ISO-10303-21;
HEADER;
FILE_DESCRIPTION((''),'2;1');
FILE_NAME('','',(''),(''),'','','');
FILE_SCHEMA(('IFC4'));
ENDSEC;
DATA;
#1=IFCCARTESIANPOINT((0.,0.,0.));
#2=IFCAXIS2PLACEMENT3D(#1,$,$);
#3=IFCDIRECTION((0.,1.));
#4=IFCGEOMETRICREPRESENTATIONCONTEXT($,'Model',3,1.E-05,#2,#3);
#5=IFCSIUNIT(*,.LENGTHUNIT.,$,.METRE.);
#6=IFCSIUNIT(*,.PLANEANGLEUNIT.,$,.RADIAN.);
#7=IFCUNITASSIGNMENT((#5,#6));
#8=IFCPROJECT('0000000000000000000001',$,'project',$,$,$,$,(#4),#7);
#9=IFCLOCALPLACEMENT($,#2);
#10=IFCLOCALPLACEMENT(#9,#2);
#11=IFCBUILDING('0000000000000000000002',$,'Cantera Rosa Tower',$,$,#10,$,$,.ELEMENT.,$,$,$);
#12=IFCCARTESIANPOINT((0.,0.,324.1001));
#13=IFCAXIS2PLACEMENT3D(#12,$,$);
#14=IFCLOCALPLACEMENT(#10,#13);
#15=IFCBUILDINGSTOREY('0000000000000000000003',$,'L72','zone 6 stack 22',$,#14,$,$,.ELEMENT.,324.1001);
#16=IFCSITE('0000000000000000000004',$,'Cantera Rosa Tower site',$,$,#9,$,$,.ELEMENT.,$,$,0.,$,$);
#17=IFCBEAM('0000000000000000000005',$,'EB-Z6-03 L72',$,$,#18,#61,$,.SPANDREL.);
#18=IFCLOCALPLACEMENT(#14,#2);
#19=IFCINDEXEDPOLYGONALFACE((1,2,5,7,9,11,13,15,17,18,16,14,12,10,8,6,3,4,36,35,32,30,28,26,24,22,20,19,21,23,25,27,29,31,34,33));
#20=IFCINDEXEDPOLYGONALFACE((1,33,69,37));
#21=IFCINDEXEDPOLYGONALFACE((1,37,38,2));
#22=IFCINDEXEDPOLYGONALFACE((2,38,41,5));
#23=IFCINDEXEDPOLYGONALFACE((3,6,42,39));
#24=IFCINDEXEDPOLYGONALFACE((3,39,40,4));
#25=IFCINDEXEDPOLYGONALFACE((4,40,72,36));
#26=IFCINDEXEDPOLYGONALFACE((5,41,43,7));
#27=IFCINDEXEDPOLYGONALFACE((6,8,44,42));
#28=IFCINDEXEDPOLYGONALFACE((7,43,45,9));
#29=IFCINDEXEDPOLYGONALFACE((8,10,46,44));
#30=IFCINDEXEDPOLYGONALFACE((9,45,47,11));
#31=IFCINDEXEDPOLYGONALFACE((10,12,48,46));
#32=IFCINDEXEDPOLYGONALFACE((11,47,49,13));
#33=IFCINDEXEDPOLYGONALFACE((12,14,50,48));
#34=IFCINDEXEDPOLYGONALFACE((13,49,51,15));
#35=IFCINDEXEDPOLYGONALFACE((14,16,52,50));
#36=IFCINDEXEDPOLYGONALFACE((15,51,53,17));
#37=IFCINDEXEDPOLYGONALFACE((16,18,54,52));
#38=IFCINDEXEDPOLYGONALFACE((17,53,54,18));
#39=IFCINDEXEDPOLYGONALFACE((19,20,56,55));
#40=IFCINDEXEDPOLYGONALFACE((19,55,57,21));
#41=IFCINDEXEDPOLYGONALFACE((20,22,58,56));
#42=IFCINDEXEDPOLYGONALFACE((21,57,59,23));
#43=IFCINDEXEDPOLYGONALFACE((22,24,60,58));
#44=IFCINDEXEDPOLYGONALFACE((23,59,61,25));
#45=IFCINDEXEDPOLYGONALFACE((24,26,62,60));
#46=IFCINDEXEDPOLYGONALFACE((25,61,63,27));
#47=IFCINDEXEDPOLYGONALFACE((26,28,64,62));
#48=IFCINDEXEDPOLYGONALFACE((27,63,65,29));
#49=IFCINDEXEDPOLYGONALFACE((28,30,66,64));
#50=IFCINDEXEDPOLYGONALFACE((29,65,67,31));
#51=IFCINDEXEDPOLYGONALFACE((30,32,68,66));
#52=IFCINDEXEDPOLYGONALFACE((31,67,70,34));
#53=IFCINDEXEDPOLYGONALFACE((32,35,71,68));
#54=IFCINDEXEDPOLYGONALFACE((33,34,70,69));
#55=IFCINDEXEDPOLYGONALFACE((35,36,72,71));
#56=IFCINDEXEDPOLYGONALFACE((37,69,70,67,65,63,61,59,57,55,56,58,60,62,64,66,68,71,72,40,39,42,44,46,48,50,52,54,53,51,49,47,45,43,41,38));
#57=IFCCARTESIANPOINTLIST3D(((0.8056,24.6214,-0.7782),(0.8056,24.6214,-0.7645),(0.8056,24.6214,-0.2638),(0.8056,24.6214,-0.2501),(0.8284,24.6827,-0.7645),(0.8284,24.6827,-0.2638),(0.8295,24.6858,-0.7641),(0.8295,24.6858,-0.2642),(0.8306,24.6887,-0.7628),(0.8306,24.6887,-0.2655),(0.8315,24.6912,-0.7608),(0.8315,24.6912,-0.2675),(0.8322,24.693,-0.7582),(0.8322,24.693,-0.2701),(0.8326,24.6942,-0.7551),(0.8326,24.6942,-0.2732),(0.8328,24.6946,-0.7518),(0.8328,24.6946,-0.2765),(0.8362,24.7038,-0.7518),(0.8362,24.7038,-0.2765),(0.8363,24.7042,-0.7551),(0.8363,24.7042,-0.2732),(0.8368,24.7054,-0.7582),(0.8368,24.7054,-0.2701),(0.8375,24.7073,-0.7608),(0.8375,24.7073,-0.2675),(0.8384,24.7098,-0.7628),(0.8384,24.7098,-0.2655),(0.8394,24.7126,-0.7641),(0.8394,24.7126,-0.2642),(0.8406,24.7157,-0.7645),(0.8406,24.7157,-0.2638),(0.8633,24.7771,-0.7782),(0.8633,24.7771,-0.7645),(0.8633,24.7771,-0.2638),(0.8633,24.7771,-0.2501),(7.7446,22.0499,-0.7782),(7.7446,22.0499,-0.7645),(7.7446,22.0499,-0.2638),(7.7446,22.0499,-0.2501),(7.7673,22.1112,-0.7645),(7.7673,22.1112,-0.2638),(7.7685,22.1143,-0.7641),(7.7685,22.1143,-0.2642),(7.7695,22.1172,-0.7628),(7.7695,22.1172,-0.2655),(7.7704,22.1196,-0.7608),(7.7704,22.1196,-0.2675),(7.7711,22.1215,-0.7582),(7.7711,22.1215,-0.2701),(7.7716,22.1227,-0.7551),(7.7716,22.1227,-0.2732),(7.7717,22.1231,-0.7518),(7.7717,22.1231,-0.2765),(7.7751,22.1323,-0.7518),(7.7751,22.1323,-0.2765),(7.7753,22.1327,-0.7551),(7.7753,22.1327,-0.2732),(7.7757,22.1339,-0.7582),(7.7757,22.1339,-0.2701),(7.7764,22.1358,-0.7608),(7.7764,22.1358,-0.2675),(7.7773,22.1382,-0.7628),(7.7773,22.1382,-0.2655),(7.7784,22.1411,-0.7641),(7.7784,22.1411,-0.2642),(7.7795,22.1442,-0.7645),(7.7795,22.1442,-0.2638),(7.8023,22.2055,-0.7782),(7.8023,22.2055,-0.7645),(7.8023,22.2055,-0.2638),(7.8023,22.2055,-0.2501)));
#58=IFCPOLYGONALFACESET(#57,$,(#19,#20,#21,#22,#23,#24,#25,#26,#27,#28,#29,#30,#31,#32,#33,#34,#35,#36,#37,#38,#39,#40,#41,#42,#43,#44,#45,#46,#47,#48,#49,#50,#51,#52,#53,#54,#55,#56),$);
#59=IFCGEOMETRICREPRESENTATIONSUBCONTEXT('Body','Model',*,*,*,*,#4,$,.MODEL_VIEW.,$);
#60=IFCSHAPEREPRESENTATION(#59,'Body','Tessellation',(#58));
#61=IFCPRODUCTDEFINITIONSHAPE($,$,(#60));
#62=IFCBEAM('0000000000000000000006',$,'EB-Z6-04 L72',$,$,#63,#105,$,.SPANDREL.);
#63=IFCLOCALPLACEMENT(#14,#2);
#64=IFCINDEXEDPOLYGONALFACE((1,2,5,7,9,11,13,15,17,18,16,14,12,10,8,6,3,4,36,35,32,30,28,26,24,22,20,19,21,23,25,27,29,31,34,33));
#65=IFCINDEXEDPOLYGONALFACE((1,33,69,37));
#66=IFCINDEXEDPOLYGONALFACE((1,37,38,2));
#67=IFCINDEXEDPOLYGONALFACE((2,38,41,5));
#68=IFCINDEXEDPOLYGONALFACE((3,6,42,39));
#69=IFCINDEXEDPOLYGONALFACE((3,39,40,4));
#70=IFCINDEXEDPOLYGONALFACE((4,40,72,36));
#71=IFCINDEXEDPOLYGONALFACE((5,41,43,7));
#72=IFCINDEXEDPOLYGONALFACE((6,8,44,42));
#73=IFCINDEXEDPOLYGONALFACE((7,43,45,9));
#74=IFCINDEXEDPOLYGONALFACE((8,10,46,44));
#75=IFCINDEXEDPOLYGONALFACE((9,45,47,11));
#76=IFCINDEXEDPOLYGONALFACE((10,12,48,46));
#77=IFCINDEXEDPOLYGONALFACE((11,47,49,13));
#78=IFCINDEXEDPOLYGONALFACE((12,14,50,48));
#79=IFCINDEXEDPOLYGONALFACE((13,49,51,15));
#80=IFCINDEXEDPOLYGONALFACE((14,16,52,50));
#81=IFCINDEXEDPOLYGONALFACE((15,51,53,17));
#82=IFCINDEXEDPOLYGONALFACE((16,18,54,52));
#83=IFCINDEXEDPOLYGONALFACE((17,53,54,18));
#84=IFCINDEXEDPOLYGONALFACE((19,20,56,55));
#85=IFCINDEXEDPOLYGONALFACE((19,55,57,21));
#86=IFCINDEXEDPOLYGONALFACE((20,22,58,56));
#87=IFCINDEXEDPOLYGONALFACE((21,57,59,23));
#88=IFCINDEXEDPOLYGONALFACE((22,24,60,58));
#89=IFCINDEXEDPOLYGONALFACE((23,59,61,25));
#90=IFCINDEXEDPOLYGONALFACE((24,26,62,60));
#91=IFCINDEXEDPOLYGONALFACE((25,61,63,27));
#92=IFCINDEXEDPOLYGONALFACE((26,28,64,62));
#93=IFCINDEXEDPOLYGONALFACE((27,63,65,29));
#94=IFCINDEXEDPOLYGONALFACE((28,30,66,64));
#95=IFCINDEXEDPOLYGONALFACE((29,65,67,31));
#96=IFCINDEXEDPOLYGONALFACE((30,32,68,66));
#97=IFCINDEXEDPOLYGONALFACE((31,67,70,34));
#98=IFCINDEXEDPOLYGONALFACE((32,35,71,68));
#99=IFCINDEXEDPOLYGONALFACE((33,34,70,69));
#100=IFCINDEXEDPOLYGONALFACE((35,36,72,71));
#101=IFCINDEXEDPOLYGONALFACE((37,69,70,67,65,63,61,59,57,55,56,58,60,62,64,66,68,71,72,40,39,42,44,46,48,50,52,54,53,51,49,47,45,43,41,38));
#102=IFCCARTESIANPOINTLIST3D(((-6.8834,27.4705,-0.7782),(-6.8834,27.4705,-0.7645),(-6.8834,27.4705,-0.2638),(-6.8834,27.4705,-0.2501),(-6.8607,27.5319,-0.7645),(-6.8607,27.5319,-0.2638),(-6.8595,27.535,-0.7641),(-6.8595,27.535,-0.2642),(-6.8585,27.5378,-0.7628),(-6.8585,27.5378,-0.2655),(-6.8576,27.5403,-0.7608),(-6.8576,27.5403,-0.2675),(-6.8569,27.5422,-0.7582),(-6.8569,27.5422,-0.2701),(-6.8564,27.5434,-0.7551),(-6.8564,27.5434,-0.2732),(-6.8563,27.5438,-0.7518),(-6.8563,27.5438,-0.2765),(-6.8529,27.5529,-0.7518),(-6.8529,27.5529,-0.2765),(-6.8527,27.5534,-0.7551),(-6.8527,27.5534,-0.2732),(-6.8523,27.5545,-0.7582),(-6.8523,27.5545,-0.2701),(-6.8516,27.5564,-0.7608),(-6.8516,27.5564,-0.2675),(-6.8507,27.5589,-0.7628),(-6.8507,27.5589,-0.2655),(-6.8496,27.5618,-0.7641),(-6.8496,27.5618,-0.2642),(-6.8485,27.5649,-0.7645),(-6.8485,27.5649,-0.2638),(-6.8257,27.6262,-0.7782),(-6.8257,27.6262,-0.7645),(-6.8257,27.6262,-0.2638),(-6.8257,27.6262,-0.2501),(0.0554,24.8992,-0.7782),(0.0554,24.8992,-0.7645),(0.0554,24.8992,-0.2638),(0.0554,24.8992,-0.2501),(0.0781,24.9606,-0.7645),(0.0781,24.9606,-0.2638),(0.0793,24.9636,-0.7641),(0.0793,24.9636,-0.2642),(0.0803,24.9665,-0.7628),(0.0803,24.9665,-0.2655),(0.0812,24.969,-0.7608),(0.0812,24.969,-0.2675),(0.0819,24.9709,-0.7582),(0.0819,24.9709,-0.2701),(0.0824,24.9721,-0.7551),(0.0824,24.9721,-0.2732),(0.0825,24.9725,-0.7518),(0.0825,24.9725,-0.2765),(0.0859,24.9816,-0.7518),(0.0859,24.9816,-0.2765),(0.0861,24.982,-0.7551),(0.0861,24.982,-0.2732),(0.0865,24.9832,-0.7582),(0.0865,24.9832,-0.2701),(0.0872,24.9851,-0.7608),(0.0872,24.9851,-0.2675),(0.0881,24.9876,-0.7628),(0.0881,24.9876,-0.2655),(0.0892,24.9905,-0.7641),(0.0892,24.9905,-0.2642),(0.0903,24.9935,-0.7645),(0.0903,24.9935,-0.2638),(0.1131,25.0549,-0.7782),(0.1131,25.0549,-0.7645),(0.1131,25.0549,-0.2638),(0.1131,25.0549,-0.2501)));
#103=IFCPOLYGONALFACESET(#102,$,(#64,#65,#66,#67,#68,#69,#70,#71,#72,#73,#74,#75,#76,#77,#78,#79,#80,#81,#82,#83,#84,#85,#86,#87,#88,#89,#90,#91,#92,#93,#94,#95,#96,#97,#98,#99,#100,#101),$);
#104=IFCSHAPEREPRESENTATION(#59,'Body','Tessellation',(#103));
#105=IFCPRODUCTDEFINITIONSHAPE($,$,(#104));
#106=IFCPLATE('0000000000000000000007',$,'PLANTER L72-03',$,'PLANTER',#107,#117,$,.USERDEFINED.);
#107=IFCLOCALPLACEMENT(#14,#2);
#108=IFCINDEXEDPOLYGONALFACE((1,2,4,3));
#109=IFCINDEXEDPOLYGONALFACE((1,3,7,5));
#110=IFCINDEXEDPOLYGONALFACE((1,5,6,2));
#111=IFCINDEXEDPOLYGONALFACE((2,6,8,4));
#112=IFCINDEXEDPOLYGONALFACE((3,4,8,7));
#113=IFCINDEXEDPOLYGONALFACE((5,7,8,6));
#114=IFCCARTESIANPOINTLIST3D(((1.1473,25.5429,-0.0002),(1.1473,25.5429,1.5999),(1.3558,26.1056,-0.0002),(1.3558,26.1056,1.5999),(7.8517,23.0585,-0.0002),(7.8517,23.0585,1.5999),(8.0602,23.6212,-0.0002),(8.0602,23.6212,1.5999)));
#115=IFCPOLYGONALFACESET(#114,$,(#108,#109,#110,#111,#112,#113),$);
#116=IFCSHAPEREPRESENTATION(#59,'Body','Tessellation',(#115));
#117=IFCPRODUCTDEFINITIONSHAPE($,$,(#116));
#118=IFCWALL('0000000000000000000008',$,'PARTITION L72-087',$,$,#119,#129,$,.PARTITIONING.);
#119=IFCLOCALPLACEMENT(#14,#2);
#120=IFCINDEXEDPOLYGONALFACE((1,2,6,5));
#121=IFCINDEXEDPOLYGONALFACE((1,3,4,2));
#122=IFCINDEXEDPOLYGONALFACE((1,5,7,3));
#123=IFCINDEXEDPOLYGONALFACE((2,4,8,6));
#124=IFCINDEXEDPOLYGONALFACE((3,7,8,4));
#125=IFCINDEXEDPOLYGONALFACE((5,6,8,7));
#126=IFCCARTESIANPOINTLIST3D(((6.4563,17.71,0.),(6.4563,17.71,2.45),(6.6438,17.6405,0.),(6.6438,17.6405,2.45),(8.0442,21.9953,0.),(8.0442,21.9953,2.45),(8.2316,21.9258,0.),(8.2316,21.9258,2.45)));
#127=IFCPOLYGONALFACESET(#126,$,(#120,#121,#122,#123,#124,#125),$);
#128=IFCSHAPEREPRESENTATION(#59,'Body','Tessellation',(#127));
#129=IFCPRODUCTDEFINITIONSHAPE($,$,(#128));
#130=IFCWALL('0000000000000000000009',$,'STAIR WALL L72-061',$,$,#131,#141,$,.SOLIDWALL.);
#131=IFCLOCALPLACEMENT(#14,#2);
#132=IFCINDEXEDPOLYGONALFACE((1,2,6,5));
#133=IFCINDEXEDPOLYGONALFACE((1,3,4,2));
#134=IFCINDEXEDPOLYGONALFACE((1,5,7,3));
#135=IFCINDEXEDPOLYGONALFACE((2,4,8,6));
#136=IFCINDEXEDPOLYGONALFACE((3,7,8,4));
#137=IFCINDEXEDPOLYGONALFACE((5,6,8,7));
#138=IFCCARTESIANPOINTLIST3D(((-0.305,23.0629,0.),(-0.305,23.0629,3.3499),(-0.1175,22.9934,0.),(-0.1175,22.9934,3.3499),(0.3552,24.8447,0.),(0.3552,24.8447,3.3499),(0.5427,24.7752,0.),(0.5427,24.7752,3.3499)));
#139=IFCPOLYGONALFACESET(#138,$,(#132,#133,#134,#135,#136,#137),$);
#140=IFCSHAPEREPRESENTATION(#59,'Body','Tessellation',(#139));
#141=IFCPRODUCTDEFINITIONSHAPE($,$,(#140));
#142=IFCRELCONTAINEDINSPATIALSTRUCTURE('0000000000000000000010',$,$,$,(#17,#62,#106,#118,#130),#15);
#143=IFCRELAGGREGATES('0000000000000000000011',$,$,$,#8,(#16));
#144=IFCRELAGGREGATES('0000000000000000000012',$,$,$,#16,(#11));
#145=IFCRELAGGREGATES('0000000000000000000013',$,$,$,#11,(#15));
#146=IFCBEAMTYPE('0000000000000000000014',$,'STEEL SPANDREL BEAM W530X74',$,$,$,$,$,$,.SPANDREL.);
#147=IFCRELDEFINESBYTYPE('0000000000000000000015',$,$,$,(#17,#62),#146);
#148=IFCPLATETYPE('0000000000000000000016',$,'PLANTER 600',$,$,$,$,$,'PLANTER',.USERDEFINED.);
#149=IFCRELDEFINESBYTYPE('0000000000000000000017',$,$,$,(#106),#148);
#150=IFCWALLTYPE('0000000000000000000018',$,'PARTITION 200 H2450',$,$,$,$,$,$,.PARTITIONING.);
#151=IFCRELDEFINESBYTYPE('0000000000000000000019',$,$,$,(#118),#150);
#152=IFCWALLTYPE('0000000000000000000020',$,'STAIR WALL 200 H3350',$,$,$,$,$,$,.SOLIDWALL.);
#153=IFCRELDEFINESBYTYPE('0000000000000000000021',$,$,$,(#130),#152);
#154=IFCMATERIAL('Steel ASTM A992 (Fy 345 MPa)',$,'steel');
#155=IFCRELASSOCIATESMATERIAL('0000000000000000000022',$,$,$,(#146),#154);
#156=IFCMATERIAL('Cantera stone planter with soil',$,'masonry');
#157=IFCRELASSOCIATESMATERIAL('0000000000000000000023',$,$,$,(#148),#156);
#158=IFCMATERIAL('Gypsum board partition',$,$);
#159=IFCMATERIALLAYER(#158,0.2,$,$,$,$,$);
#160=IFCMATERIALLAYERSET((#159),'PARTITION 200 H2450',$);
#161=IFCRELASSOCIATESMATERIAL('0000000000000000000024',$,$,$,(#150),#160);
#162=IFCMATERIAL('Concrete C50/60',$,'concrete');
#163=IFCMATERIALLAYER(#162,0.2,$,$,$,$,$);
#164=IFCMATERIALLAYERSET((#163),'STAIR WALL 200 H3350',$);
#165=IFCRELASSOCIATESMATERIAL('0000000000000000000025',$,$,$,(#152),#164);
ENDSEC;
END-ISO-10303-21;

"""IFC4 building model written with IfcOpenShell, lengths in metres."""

from ifc_helpers import new_model, si_unit, direction, frame, frame_2d, origin, origin_2d, place, context, subcontext, project, spatial, rectangle, i_section, extrude, material, layer, layer_set, material_profile, profile_set, type_object, element, save


model = new_model("IFC4")

# Units and contexts
model_context = context("Model", 3, precision=1e-05, world=origin(), true_north=direction((0.0, 1.0)))
body_context = subcontext(model_context, "Body", "Model", "MODEL_VIEW")
ifc_project = project(units=[si_unit("LENGTHUNIT", "METRE"), si_unit("PLANEANGLEUNIT", "RADIAN")], contexts=[model_context])

# Site, building, storey
site_placement = place(None, origin())
site = spatial("IfcSite", under=ifc_project, at=site_placement, Name="Cantera Rosa Tower site", CompositionType="ELEMENT", RefElevation=0.0)
building_placement = place(site_placement, origin())
building = spatial("IfcBuilding", under=site, at=building_placement, Name="Cantera Rosa Tower", CompositionType="ELEMENT")
storey_placement = place(building_placement, frame((0.0, 0.0, 324.1001)))
storey = spatial("IfcBuildingStorey", under=building, at=storey_placement, Name="L72", Description="zone 6 stack 22", CompositionType="ELEMENT", Elevation=324.1001)

# Beams
ifc_material_1 = material(Name="Steel ASTM A992 (Fy 345 MPa)", Category="steel")
ifc_material_profile_1 = material_profile(ifc_material_1, i_section(OverallWidth=0.166, OverallDepth=0.5281, WebThickness=0.0098, FlangeThickness=0.0137, FilletRadius=0.0127, at=origin_2d()), Name="W530X74")
ifc_profile_set_1 = profile_set([ifc_material_profile_1], Name="Steel ASTM A992 (Fy 345 MPa)")
beam_type_1 = type_object("IfcBeamType", Name="STEEL SPANDREL BEAM W530X74", PredefinedType="SPANDREL", material=ifc_profile_set_1)
beam_1_placement = place(storey_placement, frame((7.7734, 22.1277, -0.5142), z_axis=(-0.937681, 0.347498, 0.0), x_axis=(-0.347498, -0.937681, 0.0)))
element("IfcBeam", 1, at=beam_1_placement, inside=storey, type_object=beam_type_1, Name="EB-Z6-03 L72", PredefinedType="SPANDREL", context=body_context, shape_type="SweptSolid", body=[
    extrude(i_section(OverallWidth=0.166, OverallDepth=0.5281, WebThickness=0.0098, FlangeThickness=0.0137, FilletRadius=0.0127, at=origin_2d()), origin(), (0.0, 0.0, 1.0), 7.4001),
])
beam_2_placement = place(storey_placement, frame((0.0842, 24.9771, -0.5142), z_axis=(-0.937687, 0.34748, 0.0), x_axis=(-0.34748, -0.937687, 0.0)))
element("IfcBeam", 2, at=beam_2_placement, inside=storey, type_object=beam_type_1, Name="EB-Z6-04 L72", PredefinedType="SPANDREL", context=body_context, shape_type="SweptSolid", body=[
    extrude(i_section(OverallWidth=0.166, OverallDepth=0.5281, WebThickness=0.0098, FlangeThickness=0.0137, FilletRadius=0.0127, at=origin_2d()), origin(), (0.0, 0.0, 1.0), 7.3999),
])

# Plate
ifc_material_2 = material(Name="Cantera stone planter with soil", Category="masonry")
plate_type = type_object("IfcPlateType", Name="PLANTER 600", ElementType="PLANTER", PredefinedType="USERDEFINED", material=ifc_material_2)
plate_placement = place(storey_placement, frame((4.6038, 24.582, -0.0002), z_axis=(0.0, 0.0, 1.0), x_axis=(-0.937687, 0.347481, 0.0)))
element("IfcPlate", 3, at=plate_placement, inside=storey, type_object=plate_type, Name="PLANTER L72-03", ObjectType="PLANTER", PredefinedType="USERDEFINED", context=body_context, shape_type="SweptSolid", body=[
    extrude(rectangle(XDim=7.1499, YDim=0.6001, at=origin_2d()), origin(), (0.0, 0.0, 1.0), 1.6001),
])

# Walls
ifc_material_3 = material(Name="Gypsum board partition")
ifc_layer_1 = layer(ifc_material_3, 0.2)
ifc_layer_set_1 = layer_set([ifc_layer_1], Name="PARTITION 200 H2450")
wall_type_1 = type_object("IfcWallType", Name="PARTITION 200 H2450", PredefinedType="PARTITIONING", material=ifc_layer_set_1)
wall_1_placement = place(storey_placement, frame((8.1379, 21.9607, 0.0), z_axis=(0.0, 0.0, 1.0), x_axis=(-0.34745, -0.937698, 0.0)))
element("IfcWall", 4, at=wall_1_placement, inside=storey, type_object=wall_type_1, Name="PARTITION L72-087", PredefinedType="PARTITIONING", context=body_context, shape_type="SweptSolid", body=[
    extrude(rectangle(XDim=4.5701, YDim=0.2, at=frame_2d((2.2852, 0.0))), origin(), (0.0, 0.0, 1.0), 2.45),
])
ifc_material_4 = material(Name="Concrete C50/60", Category="concrete")
ifc_layer_2 = layer(ifc_material_4, 0.2)
ifc_layer_set_2 = layer_set([ifc_layer_2], Name="STAIR WALL 200 H3350")
wall_type_2 = type_object("IfcWallType", Name="STAIR WALL 200 H3350", PredefinedType="SOLIDWALL", material=ifc_layer_set_2)
wall_2_placement = place(storey_placement, frame((0.449, 24.8101, 0.0), z_axis=(0.0, 0.0, 1.0), x_axis=(-0.347432, -0.937705, 0.0)))
element("IfcWall", 5, at=wall_2_placement, inside=storey, type_object=wall_type_2, Name="STAIR WALL L72-061", PredefinedType="SOLIDWALL", context=body_context, shape_type="SweptSolid", body=[
    extrude(rectangle(XDim=1.9001, YDim=0.2, at=frame_2d((0.9502, 0.0))), origin(), (0.0, 0.0, 1.0), 3.3499),
])

save(model, "model.ifc")
